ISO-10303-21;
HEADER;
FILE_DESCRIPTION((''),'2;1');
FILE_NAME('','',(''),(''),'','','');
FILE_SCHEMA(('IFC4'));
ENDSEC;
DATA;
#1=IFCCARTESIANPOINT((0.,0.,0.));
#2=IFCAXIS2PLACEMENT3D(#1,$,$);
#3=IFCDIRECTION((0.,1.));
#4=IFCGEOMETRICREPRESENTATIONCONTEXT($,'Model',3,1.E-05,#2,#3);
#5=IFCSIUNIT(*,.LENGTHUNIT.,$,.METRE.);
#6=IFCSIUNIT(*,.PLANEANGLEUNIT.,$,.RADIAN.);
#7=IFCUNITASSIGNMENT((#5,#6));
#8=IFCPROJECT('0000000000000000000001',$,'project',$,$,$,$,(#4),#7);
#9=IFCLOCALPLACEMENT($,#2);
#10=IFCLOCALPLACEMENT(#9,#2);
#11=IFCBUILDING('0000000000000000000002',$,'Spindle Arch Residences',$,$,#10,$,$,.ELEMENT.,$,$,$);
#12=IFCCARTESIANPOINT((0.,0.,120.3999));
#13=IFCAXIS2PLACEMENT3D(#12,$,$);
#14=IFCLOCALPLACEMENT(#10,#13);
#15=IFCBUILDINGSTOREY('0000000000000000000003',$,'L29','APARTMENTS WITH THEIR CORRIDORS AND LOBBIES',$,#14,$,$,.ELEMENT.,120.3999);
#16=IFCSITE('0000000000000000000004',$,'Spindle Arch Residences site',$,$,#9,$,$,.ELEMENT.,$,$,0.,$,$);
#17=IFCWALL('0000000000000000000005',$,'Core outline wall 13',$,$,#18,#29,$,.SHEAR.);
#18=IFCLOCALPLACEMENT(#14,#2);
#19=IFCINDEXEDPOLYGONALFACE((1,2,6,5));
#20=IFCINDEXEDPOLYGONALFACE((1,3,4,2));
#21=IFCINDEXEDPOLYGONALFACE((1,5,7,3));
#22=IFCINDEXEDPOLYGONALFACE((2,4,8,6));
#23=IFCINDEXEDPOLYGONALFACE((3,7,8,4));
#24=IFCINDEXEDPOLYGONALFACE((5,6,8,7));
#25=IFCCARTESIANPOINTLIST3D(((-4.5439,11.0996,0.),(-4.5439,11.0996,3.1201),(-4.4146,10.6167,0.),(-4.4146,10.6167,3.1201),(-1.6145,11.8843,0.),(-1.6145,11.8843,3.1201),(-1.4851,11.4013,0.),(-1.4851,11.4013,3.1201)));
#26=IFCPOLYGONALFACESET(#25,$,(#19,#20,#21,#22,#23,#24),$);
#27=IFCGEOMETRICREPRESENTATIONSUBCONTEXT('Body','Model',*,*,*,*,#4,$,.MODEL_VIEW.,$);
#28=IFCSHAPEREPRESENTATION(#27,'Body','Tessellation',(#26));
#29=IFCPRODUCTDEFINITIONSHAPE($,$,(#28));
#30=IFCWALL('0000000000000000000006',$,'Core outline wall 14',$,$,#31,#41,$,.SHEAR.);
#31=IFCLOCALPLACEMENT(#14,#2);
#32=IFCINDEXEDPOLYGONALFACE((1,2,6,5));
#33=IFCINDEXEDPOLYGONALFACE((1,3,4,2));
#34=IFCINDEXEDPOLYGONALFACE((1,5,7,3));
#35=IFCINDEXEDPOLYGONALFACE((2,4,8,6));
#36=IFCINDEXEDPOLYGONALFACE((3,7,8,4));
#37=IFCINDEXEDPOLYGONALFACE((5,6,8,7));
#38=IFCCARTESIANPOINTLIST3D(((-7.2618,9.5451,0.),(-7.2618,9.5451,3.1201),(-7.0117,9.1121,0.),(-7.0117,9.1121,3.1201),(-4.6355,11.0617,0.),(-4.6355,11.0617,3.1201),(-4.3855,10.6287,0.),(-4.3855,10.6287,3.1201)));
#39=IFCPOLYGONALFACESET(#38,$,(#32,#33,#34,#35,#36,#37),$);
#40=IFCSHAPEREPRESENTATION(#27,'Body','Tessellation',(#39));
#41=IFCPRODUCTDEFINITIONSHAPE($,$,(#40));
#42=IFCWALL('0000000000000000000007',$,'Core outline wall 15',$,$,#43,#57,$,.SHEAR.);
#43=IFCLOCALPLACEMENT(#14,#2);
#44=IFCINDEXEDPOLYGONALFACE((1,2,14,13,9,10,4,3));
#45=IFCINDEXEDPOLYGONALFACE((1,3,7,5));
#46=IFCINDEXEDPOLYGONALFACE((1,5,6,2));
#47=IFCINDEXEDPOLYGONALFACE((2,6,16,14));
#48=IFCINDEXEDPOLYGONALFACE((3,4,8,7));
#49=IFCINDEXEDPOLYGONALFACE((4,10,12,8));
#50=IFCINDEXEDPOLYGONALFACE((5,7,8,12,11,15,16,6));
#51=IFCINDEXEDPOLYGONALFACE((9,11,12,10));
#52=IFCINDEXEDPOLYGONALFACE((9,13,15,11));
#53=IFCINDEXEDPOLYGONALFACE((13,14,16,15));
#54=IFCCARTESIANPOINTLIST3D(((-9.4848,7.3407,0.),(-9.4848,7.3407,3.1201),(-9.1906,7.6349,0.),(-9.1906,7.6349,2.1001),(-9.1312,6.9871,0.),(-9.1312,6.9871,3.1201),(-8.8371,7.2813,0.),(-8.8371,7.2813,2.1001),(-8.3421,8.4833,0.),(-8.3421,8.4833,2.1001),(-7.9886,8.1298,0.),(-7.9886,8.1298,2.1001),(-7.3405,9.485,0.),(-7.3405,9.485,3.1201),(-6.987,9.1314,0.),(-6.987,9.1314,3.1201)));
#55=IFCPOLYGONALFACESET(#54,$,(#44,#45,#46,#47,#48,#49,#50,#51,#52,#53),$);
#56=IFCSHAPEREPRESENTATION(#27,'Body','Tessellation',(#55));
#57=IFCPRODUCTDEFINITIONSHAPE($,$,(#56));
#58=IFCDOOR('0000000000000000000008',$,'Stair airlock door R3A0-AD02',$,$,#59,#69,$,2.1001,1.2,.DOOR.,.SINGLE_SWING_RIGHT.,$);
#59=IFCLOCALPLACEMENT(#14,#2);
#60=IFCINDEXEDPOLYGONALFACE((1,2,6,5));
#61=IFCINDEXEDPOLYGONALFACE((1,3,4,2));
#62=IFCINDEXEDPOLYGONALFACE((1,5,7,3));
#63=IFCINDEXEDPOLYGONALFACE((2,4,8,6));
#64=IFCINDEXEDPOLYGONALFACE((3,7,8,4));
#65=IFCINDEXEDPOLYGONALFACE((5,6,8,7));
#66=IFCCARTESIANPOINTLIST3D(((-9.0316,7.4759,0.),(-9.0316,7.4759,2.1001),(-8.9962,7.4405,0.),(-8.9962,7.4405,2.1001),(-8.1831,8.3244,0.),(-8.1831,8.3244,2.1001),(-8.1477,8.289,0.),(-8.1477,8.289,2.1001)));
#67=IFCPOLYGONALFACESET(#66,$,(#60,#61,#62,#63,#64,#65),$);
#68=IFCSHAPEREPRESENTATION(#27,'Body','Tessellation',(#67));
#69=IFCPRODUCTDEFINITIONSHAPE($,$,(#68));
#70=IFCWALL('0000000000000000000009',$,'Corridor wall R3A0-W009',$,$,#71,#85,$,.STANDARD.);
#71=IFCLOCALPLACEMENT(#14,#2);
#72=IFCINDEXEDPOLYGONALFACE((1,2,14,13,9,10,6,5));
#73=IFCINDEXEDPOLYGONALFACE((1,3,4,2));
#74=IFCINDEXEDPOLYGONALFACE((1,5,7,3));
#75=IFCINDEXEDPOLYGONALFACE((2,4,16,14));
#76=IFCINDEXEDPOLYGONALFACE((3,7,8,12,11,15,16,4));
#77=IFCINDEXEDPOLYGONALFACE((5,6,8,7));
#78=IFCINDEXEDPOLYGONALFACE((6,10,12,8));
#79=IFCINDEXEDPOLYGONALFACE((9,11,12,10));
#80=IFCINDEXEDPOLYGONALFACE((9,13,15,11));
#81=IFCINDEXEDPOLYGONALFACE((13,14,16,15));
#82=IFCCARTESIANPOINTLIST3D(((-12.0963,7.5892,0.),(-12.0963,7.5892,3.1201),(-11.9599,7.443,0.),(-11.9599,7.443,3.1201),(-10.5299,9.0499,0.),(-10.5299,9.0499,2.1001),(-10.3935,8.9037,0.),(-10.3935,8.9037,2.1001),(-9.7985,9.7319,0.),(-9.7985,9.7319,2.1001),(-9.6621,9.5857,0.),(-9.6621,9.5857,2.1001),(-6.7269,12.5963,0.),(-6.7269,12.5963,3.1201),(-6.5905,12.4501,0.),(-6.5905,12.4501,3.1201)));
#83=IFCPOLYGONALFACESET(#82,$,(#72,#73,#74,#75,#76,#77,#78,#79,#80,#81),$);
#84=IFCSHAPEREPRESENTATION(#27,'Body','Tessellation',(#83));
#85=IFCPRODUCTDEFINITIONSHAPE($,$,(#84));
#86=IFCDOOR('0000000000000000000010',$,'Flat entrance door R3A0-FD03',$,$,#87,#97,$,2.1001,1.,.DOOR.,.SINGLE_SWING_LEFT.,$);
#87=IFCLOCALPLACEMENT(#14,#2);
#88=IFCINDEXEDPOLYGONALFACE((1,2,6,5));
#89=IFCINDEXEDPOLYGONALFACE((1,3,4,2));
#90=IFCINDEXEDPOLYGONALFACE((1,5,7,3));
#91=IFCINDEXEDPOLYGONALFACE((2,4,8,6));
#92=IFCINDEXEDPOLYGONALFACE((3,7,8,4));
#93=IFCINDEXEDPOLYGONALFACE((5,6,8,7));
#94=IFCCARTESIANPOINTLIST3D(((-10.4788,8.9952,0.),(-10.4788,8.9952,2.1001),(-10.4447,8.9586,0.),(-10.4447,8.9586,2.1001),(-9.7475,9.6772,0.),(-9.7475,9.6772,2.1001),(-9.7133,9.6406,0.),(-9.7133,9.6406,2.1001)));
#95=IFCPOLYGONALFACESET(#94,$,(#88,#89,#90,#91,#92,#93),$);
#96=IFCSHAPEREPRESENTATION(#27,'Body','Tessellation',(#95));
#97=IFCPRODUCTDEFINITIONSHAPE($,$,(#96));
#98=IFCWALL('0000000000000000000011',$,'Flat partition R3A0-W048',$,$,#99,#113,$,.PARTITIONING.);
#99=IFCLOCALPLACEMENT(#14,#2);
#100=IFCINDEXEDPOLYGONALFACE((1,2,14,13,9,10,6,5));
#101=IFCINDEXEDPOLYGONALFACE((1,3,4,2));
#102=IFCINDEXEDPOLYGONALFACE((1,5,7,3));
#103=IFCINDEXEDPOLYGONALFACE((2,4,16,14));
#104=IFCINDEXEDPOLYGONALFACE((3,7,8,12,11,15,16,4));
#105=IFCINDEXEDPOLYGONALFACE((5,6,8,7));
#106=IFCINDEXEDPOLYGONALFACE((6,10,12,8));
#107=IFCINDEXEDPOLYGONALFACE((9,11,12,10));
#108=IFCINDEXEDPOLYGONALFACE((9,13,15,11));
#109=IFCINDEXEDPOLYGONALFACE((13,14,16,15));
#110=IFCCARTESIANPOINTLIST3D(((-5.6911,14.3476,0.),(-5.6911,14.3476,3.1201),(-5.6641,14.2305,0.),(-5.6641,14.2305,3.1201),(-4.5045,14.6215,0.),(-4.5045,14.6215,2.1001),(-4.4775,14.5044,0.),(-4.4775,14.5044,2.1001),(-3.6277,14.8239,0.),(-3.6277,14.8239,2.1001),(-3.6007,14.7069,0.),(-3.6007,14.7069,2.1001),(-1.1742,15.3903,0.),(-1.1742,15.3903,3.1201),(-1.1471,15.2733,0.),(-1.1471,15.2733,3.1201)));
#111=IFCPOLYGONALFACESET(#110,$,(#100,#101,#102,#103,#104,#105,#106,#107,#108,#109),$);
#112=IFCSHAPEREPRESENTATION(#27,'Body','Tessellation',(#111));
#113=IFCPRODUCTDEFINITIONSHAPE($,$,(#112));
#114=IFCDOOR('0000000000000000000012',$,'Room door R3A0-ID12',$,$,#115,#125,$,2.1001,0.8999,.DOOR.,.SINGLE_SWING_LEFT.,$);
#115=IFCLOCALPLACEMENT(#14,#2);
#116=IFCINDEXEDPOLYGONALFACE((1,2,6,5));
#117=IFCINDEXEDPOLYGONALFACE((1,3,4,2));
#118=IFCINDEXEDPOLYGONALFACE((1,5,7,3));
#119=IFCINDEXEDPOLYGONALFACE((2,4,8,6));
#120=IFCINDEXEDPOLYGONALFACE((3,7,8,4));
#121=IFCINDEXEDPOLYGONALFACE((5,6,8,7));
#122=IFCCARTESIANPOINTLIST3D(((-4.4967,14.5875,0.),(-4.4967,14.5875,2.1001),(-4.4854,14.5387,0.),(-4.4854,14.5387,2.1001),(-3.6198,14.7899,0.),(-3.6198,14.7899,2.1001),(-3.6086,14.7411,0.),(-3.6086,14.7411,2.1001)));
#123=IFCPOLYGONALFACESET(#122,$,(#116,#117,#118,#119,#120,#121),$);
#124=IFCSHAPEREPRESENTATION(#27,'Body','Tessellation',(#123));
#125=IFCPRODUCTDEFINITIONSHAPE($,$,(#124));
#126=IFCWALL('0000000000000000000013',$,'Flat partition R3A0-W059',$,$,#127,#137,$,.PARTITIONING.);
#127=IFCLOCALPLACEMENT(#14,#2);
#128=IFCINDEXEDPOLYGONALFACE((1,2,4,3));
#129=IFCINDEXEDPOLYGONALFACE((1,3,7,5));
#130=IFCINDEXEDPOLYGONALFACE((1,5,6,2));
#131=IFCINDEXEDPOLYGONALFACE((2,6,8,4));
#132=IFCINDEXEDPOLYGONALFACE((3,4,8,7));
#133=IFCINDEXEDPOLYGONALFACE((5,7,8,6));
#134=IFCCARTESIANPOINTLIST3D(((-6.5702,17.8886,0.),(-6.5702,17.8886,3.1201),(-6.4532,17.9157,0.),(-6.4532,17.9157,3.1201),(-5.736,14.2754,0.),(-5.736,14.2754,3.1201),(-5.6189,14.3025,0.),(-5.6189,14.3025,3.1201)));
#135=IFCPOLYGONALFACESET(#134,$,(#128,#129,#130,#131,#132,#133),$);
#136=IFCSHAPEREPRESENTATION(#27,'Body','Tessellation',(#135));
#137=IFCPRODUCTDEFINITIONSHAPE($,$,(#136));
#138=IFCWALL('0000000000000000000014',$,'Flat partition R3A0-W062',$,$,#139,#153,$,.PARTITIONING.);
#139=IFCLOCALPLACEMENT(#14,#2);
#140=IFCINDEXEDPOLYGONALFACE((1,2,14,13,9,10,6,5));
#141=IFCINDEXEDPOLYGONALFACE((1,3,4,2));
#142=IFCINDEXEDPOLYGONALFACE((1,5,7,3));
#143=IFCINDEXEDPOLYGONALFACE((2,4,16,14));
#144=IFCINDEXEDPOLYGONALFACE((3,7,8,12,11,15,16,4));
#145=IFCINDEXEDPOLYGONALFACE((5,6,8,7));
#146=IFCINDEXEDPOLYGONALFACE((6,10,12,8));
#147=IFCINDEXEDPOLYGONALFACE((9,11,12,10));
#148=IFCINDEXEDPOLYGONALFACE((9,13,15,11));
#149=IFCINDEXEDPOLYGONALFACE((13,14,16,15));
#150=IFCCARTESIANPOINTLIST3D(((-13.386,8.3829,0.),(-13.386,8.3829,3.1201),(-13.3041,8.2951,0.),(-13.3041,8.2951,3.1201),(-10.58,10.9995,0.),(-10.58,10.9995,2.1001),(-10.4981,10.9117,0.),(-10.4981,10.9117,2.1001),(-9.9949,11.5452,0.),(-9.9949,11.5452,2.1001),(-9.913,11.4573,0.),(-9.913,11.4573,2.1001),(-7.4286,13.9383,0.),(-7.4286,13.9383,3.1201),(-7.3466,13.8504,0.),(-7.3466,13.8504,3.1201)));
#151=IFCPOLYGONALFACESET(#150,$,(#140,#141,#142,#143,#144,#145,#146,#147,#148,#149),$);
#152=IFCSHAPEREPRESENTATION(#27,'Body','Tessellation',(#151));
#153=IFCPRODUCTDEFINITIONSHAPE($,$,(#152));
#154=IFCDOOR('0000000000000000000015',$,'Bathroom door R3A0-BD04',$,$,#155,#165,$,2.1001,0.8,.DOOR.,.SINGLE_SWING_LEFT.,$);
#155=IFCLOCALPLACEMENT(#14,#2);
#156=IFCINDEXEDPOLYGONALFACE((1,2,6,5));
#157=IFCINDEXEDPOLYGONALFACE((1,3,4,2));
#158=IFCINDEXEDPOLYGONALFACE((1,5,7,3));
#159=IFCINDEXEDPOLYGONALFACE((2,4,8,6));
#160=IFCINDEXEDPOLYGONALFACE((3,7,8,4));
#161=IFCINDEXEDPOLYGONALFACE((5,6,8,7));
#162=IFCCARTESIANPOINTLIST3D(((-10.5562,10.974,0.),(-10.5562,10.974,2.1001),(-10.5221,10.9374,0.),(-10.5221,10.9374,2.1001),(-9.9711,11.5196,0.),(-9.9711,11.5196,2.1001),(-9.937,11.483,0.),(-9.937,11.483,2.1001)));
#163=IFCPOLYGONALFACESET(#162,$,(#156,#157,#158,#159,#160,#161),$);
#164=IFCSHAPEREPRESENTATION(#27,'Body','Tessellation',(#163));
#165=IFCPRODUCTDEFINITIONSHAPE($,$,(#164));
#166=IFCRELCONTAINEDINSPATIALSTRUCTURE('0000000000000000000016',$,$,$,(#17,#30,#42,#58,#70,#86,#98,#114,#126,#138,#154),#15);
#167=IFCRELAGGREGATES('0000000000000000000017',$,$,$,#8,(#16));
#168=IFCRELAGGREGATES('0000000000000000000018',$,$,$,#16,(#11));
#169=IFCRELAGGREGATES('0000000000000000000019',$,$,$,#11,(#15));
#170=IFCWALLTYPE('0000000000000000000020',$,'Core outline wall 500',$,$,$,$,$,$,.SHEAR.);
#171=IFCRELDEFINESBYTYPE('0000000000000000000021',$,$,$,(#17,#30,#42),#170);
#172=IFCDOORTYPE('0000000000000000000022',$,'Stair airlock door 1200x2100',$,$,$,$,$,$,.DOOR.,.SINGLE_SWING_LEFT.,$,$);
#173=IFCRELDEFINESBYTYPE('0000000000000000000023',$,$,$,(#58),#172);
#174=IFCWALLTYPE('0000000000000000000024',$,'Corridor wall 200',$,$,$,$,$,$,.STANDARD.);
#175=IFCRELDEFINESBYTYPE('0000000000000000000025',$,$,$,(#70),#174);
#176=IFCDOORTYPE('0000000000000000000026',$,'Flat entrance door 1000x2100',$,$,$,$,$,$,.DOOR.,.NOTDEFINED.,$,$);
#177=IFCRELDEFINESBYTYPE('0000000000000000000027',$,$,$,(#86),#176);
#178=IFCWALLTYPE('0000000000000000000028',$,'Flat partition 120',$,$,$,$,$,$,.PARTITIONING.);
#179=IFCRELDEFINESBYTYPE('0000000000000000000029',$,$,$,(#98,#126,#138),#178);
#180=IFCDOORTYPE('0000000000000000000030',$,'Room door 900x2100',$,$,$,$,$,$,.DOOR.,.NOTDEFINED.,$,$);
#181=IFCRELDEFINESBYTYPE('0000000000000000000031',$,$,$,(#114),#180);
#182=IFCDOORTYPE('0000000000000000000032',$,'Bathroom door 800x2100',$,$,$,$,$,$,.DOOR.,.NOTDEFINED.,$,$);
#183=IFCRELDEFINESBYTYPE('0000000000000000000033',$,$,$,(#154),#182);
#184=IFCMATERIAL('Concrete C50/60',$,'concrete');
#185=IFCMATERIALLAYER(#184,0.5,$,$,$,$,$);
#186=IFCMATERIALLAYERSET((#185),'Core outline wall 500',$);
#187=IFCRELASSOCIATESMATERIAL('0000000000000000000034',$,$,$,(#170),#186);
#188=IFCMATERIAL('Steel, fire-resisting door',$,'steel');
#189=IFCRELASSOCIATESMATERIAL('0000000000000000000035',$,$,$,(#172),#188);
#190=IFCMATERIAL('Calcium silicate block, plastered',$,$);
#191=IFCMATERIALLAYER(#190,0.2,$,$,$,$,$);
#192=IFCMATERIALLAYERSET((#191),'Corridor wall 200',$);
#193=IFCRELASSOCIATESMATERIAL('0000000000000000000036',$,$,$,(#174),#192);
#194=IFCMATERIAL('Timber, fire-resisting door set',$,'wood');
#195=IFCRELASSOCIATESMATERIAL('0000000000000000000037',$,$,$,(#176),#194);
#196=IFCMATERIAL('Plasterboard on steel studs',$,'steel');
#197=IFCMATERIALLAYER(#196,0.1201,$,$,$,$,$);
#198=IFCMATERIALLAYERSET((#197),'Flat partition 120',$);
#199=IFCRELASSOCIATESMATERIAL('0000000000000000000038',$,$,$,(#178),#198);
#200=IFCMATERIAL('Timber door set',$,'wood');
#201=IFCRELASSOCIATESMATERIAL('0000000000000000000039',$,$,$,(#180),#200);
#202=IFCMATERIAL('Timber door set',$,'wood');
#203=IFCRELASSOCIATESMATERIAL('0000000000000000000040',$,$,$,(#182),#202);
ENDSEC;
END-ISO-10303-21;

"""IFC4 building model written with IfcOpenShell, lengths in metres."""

from ifc_helpers import new_model, si_unit, direction, frame, frame_2d, origin, place, context, subcontext, project, spatial, rectangle, extrude, material, layer, layer_set, type_object, element, fill, save


model = new_model("IFC4")

# Units and contexts
model_context = context("Model", 3, precision=1e-05, world=origin(), true_north=direction((0.0, 1.0)))
body_context = subcontext(model_context, "Body", "Model", "MODEL_VIEW")
ifc_project = project(units=[si_unit("LENGTHUNIT", "METRE"), si_unit("PLANEANGLEUNIT", "RADIAN")], contexts=[model_context])

# Site, building, storey
site_placement = place(None, origin())
site = spatial("IfcSite", under=ifc_project, at=site_placement, Name="Spindle Arch Residences site", CompositionType="ELEMENT", RefElevation=0.0)
building_placement = place(site_placement, origin())
building = spatial("IfcBuilding", under=site, at=building_placement, Name="Spindle Arch Residences", CompositionType="ELEMENT")
storey_placement = place(building_placement, frame((0.0, 0.0, 120.3999)))
storey = spatial("IfcBuildingStorey", under=building, at=storey_placement, Name="L29", Description="APARTMENTS WITH THEIR CORRIDORS AND LOBBIES", CompositionType="ELEMENT", Elevation=120.3999)

# Walls
ifc_material_1 = material(Name="Concrete C50/60", Category="concrete")
ifc_layer_1 = layer(ifc_material_1, 0.5)
ifc_layer_set_1 = layer_set([ifc_layer_1], Name="Core outline wall 500")
wall_type_1 = type_object("IfcWallType", Name="Core outline wall 500", PredefinedType="SHEAR", material=ifc_layer_set_1)
for number, where, z_axis, x_axis, name in (
    (1, (-1.5498, 11.6428, 0.0), (0.0, 0.0, 1.0), (-0.965948, -0.258735, 0.0), "Core outline wall 13"),
    (2, (-4.5105, 10.8452, 0.0), (0.0, 0.0, 1.0), (-0.865975, -0.500087, 0.0), "Core outline wall 14"),
):
    element("IfcWall", number, at=place(storey_placement, frame(where, z_axis=z_axis, x_axis=x_axis)), inside=storey, type_object=wall_type_1, Name=name, PredefinedType="SHEAR", context=body_context, shape_type="SweptSolid", body=[
        extrude(rectangle(XDim=3.0327, YDim=0.5, at=frame_2d((1.5164, 0.0))), origin(), (0.0, 0.0, 1.0), 3.1201),
    ])

# Walls, openings, doors
wall_1_placement = place(storey_placement, frame((-7.1638, 9.3081, 0.0), z_axis=(0.0, 0.0, 1.0), x_axis=(-0.707107, -0.707107, 0.0)))
wall_1 = element("IfcWall", 3, at=wall_1_placement, inside=storey, type_object=wall_type_1, Name="Core outline wall 15", PredefinedType="SHEAR", context=body_context, shape_type="SweptSolid", body=[
    extrude(rectangle(XDim=3.0325, YDim=0.5, at=frame_2d((1.5161, 0.0))), origin(), (0.0, 0.0, 1.0), 3.1201),
])
opening_1_placement = place(wall_1_placement, frame((1.4163, 0.0, 0.0)))
opening_1 = element("IfcOpeningElement", 4, at=opening_1_placement, cuts=wall_1, PredefinedType="OPENING", context=body_context, shape_type="SweptSolid", body=[
    extrude(rectangle(XDim=1.2, YDim=2.1001, at=frame_2d((0.6001, 1.05))), frame((0.0, 0.26, 0.0), z_axis=(0.0, -1.0, 0.0), x_axis=(1.0, 0.0, 0.0)), (0.0, 0.0, 1.0), 0.52),
])
ifc_material_2 = material(Name="Steel, fire-resisting door", Category="steel")
door_type_1 = type_object("IfcDoorType", Name="Stair airlock door 1200x2100", OperationType="SINGLE_SWING_LEFT", PredefinedType="DOOR", material=ifc_material_2)
door_1_placement = place(opening_1_placement, origin())
door_1 = element("IfcDoor", 5, at=door_1_placement, inside=storey, type_object=door_type_1, Name="Stair airlock door R3A0-AD02", OperationType="SINGLE_SWING_RIGHT", OverallHeight=2.1001, OverallWidth=1.2, PredefinedType="DOOR", context=body_context, shape_type="SweptSolid", body=[
    extrude(rectangle(XDim=1.2, YDim=2.1001, at=frame_2d((0.6001, 1.05))), frame((0.0, 0.0249, 0.0), z_axis=(0.0, -1.0, 0.0), x_axis=(1.0, 0.0, 0.0)), (0.0, 0.0, 1.0), 0.05),
])
fill(opening_1, door_1)
ifc_material_3 = material(Name="Calcium silicate block, plastered")
ifc_layer_2 = layer(ifc_material_3, 0.2)
ifc_layer_set_2 = layer_set([ifc_layer_2], Name="Corridor wall 200")
wall_type_2 = type_object("IfcWallType", Name="Corridor wall 200", PredefinedType="STANDARD", material=ifc_layer_set_2)
wall_2_placement = place(storey_placement, frame((-6.6587, 12.5232, 0.0), z_axis=(0.0, 0.0, 1.0), x_axis=(-0.73135, -0.682002, 0.0)))
wall_2 = element("IfcWall", 6, at=wall_2_placement, inside=storey, type_object=wall_type_2, Name="Corridor wall R3A0-W009", PredefinedType="STANDARD", context=body_context, shape_type="SweptSolid", body=[
    extrude(rectangle(XDim=7.3418, YDim=0.2, at=frame_2d((3.6709, 0.0))), origin(), (0.0, 0.0, 1.0), 3.1201),
])
opening_2_placement = place(wall_2_placement, frame((4.2, 0.0, 0.0)))
opening_2 = element("IfcOpeningElement", 7, at=opening_2_placement, cuts=wall_2, PredefinedType="OPENING", context=body_context, shape_type="SweptSolid", body=[
    extrude(rectangle(XDim=1.0, YDim=2.1001, at=frame_2d((0.5, 1.05))), frame((0.0, 0.1099, 0.0), z_axis=(0.0, -1.0, 0.0), x_axis=(1.0, 0.0, 0.0)), (0.0, 0.0, 1.0), 0.22),
])
ifc_material_4 = material(Name="Timber, fire-resisting door set", Category="wood")
door_type_2 = type_object("IfcDoorType", Name="Flat entrance door 1000x2100", OperationType="NOTDEFINED", PredefinedType="DOOR", material=ifc_material_4)
door_2_placement = place(opening_2_placement, origin())
door_2 = element("IfcDoor", 8, at=door_2_placement, inside=storey, type_object=door_type_2, Name="Flat entrance door R3A0-FD03", OperationType="SINGLE_SWING_LEFT", OverallHeight=2.1001, OverallWidth=1.0, PredefinedType="DOOR", context=body_context, shape_type="SweptSolid", body=[
    extrude(rectangle(XDim=1.0, YDim=2.1001, at=frame_2d((0.5, 1.05))), frame((0.0, 0.0249, 0.0), z_axis=(0.0, -1.0, 0.0), x_axis=(1.0, 0.0, 0.0)), (0.0, 0.0, 1.0), 0.05),
])
fill(opening_2, door_2)
ifc_material_5 = material(Name="Plasterboard on steel studs", Category="steel")
ifc_layer_3 = layer(ifc_material_5, 0.1201)
ifc_layer_set_3 = layer_set([ifc_layer_3], Name="Flat partition 120")
wall_type_3 = type_object("IfcWallType", Name="Flat partition 120", PredefinedType="PARTITIONING", material=ifc_layer_set_3)
wall_3_placement = place(storey_placement, frame((-1.1606, 15.3318, 0.0), z_axis=(0.0, 0.0, 1.0), x_axis=(-0.974373, -0.224936, 0.0)))
wall_3 = element("IfcWall", 9, at=wall_3_placement, inside=storey, type_object=wall_type_3, Name="Flat partition R3A0-W048", PredefinedType="PARTITIONING", context=body_context, shape_type="SweptSolid", body=[
    extrude(rectangle(XDim=4.6357, YDim=0.1201, at=frame_2d((2.3179, 0.0))), origin(), (0.0, 0.0, 1.0), 3.1201),
])
opening_3_placement = place(wall_3_placement, frame((2.5181, 0.0, 0.0)))
opening_3 = element("IfcOpeningElement", 10, at=opening_3_placement, cuts=wall_3, PredefinedType="OPENING", context=body_context, shape_type="SweptSolid", body=[
    extrude(rectangle(XDim=0.8999, YDim=2.1001, at=frame_2d((0.45, 1.05))), frame((0.0, 0.0701, 0.0), z_axis=(0.0, -1.0, 0.0), x_axis=(1.0, 0.0, 0.0)), (0.0, 0.0, 1.0), 0.1401),
])
ifc_material_6 = material(Name="Timber door set", Category="wood")
door_type_3 = type_object("IfcDoorType", Name="Room door 900x2100", OperationType="NOTDEFINED", PredefinedType="DOOR", material=ifc_material_6)
door_3_placement = place(opening_3_placement, origin())
door_3 = element("IfcDoor", 11, at=door_3_placement, inside=storey, type_object=door_type_3, Name="Room door R3A0-ID12", OperationType="SINGLE_SWING_LEFT", OverallHeight=2.1001, OverallWidth=0.8999, PredefinedType="DOOR", context=body_context, shape_type="SweptSolid", body=[
    extrude(rectangle(XDim=0.8999, YDim=2.1001, at=frame_2d((0.45, 1.05))), frame((0.0, 0.0249, 0.0), z_axis=(0.0, -1.0, 0.0), x_axis=(1.0, 0.0, 0.0)), (0.0, 0.0, 1.0), 0.05),
])
fill(opening_3, door_3)

# Wall
wall_4_placement = place(storey_placement, frame((-5.6775, 14.2891, 0.0), z_axis=(0.0, 0.0, 1.0), x_axis=(-0.22496, 0.974368, 0.0)))
element("IfcWall", 12, at=wall_4_placement, inside=storey, type_object=wall_type_3, Name="Flat partition R3A0-W059", PredefinedType="PARTITIONING", context=body_context, shape_type="SweptSolid", body=[
    extrude(rectangle(XDim=3.7083, YDim=0.1201, at=frame_2d((1.854, 0.0))), origin(), (0.0, 0.0, 1.0), 3.1201),
])

# Wall, opening, door
wall_5_placement = place(storey_placement, frame((-7.3877, 13.8943, 0.0), z_axis=(0.0, 0.0, 1.0), x_axis=(-0.731357, -0.681995, 0.0)))
wall_5 = element("IfcWall", 13, at=wall_5_placement, inside=storey, type_object=wall_type_3, Name="Flat partition R3A0-W062", PredefinedType="PARTITIONING", context=body_context, shape_type="SweptSolid", body=[
    extrude(rectangle(XDim=8.1458, YDim=0.1201, at=frame_2d((4.0728, 0.0))), origin(), (0.0, 0.0, 1.0), 3.1201),
])
opening_4_placement = place(wall_5_placement, frame((3.509, 0.0, 0.0)))
opening_4 = element("IfcOpeningElement", 14, at=opening_4_placement, cuts=wall_5, PredefinedType="OPENING", context=body_context, shape_type="SweptSolid", body=[
    extrude(rectangle(XDim=0.8, YDim=2.1001, at=frame_2d((0.3999, 1.05))), frame((0.0, 0.0701, 0.0), z_axis=(0.0, -1.0, 0.0), x_axis=(1.0, 0.0, 0.0)), (0.0, 0.0, 1.0), 0.1401),
])
ifc_material_7 = material(Name="Timber door set", Category="wood")
door_type_4 = type_object("IfcDoorType", Name="Bathroom door 800x2100", OperationType="NOTDEFINED", PredefinedType="DOOR", material=ifc_material_7)
door_4_placement = place(opening_4_placement, origin())
door_4 = element("IfcDoor", 15, at=door_4_placement, inside=storey, type_object=door_type_4, Name="Bathroom door R3A0-BD04", OperationType="SINGLE_SWING_LEFT", OverallHeight=2.1001, OverallWidth=0.8, PredefinedType="DOOR", context=body_context, shape_type="SweptSolid", body=[
    extrude(rectangle(XDim=0.8, YDim=2.1001, at=frame_2d((0.3999, 1.05))), frame((0.0, 0.0249, 0.0), z_axis=(0.0, -1.0, 0.0), x_axis=(1.0, 0.0, 0.0)), (0.0, 0.0, 1.0), 0.05),
])
fill(opening_4, door_4)

save(model, "model.ifc")
